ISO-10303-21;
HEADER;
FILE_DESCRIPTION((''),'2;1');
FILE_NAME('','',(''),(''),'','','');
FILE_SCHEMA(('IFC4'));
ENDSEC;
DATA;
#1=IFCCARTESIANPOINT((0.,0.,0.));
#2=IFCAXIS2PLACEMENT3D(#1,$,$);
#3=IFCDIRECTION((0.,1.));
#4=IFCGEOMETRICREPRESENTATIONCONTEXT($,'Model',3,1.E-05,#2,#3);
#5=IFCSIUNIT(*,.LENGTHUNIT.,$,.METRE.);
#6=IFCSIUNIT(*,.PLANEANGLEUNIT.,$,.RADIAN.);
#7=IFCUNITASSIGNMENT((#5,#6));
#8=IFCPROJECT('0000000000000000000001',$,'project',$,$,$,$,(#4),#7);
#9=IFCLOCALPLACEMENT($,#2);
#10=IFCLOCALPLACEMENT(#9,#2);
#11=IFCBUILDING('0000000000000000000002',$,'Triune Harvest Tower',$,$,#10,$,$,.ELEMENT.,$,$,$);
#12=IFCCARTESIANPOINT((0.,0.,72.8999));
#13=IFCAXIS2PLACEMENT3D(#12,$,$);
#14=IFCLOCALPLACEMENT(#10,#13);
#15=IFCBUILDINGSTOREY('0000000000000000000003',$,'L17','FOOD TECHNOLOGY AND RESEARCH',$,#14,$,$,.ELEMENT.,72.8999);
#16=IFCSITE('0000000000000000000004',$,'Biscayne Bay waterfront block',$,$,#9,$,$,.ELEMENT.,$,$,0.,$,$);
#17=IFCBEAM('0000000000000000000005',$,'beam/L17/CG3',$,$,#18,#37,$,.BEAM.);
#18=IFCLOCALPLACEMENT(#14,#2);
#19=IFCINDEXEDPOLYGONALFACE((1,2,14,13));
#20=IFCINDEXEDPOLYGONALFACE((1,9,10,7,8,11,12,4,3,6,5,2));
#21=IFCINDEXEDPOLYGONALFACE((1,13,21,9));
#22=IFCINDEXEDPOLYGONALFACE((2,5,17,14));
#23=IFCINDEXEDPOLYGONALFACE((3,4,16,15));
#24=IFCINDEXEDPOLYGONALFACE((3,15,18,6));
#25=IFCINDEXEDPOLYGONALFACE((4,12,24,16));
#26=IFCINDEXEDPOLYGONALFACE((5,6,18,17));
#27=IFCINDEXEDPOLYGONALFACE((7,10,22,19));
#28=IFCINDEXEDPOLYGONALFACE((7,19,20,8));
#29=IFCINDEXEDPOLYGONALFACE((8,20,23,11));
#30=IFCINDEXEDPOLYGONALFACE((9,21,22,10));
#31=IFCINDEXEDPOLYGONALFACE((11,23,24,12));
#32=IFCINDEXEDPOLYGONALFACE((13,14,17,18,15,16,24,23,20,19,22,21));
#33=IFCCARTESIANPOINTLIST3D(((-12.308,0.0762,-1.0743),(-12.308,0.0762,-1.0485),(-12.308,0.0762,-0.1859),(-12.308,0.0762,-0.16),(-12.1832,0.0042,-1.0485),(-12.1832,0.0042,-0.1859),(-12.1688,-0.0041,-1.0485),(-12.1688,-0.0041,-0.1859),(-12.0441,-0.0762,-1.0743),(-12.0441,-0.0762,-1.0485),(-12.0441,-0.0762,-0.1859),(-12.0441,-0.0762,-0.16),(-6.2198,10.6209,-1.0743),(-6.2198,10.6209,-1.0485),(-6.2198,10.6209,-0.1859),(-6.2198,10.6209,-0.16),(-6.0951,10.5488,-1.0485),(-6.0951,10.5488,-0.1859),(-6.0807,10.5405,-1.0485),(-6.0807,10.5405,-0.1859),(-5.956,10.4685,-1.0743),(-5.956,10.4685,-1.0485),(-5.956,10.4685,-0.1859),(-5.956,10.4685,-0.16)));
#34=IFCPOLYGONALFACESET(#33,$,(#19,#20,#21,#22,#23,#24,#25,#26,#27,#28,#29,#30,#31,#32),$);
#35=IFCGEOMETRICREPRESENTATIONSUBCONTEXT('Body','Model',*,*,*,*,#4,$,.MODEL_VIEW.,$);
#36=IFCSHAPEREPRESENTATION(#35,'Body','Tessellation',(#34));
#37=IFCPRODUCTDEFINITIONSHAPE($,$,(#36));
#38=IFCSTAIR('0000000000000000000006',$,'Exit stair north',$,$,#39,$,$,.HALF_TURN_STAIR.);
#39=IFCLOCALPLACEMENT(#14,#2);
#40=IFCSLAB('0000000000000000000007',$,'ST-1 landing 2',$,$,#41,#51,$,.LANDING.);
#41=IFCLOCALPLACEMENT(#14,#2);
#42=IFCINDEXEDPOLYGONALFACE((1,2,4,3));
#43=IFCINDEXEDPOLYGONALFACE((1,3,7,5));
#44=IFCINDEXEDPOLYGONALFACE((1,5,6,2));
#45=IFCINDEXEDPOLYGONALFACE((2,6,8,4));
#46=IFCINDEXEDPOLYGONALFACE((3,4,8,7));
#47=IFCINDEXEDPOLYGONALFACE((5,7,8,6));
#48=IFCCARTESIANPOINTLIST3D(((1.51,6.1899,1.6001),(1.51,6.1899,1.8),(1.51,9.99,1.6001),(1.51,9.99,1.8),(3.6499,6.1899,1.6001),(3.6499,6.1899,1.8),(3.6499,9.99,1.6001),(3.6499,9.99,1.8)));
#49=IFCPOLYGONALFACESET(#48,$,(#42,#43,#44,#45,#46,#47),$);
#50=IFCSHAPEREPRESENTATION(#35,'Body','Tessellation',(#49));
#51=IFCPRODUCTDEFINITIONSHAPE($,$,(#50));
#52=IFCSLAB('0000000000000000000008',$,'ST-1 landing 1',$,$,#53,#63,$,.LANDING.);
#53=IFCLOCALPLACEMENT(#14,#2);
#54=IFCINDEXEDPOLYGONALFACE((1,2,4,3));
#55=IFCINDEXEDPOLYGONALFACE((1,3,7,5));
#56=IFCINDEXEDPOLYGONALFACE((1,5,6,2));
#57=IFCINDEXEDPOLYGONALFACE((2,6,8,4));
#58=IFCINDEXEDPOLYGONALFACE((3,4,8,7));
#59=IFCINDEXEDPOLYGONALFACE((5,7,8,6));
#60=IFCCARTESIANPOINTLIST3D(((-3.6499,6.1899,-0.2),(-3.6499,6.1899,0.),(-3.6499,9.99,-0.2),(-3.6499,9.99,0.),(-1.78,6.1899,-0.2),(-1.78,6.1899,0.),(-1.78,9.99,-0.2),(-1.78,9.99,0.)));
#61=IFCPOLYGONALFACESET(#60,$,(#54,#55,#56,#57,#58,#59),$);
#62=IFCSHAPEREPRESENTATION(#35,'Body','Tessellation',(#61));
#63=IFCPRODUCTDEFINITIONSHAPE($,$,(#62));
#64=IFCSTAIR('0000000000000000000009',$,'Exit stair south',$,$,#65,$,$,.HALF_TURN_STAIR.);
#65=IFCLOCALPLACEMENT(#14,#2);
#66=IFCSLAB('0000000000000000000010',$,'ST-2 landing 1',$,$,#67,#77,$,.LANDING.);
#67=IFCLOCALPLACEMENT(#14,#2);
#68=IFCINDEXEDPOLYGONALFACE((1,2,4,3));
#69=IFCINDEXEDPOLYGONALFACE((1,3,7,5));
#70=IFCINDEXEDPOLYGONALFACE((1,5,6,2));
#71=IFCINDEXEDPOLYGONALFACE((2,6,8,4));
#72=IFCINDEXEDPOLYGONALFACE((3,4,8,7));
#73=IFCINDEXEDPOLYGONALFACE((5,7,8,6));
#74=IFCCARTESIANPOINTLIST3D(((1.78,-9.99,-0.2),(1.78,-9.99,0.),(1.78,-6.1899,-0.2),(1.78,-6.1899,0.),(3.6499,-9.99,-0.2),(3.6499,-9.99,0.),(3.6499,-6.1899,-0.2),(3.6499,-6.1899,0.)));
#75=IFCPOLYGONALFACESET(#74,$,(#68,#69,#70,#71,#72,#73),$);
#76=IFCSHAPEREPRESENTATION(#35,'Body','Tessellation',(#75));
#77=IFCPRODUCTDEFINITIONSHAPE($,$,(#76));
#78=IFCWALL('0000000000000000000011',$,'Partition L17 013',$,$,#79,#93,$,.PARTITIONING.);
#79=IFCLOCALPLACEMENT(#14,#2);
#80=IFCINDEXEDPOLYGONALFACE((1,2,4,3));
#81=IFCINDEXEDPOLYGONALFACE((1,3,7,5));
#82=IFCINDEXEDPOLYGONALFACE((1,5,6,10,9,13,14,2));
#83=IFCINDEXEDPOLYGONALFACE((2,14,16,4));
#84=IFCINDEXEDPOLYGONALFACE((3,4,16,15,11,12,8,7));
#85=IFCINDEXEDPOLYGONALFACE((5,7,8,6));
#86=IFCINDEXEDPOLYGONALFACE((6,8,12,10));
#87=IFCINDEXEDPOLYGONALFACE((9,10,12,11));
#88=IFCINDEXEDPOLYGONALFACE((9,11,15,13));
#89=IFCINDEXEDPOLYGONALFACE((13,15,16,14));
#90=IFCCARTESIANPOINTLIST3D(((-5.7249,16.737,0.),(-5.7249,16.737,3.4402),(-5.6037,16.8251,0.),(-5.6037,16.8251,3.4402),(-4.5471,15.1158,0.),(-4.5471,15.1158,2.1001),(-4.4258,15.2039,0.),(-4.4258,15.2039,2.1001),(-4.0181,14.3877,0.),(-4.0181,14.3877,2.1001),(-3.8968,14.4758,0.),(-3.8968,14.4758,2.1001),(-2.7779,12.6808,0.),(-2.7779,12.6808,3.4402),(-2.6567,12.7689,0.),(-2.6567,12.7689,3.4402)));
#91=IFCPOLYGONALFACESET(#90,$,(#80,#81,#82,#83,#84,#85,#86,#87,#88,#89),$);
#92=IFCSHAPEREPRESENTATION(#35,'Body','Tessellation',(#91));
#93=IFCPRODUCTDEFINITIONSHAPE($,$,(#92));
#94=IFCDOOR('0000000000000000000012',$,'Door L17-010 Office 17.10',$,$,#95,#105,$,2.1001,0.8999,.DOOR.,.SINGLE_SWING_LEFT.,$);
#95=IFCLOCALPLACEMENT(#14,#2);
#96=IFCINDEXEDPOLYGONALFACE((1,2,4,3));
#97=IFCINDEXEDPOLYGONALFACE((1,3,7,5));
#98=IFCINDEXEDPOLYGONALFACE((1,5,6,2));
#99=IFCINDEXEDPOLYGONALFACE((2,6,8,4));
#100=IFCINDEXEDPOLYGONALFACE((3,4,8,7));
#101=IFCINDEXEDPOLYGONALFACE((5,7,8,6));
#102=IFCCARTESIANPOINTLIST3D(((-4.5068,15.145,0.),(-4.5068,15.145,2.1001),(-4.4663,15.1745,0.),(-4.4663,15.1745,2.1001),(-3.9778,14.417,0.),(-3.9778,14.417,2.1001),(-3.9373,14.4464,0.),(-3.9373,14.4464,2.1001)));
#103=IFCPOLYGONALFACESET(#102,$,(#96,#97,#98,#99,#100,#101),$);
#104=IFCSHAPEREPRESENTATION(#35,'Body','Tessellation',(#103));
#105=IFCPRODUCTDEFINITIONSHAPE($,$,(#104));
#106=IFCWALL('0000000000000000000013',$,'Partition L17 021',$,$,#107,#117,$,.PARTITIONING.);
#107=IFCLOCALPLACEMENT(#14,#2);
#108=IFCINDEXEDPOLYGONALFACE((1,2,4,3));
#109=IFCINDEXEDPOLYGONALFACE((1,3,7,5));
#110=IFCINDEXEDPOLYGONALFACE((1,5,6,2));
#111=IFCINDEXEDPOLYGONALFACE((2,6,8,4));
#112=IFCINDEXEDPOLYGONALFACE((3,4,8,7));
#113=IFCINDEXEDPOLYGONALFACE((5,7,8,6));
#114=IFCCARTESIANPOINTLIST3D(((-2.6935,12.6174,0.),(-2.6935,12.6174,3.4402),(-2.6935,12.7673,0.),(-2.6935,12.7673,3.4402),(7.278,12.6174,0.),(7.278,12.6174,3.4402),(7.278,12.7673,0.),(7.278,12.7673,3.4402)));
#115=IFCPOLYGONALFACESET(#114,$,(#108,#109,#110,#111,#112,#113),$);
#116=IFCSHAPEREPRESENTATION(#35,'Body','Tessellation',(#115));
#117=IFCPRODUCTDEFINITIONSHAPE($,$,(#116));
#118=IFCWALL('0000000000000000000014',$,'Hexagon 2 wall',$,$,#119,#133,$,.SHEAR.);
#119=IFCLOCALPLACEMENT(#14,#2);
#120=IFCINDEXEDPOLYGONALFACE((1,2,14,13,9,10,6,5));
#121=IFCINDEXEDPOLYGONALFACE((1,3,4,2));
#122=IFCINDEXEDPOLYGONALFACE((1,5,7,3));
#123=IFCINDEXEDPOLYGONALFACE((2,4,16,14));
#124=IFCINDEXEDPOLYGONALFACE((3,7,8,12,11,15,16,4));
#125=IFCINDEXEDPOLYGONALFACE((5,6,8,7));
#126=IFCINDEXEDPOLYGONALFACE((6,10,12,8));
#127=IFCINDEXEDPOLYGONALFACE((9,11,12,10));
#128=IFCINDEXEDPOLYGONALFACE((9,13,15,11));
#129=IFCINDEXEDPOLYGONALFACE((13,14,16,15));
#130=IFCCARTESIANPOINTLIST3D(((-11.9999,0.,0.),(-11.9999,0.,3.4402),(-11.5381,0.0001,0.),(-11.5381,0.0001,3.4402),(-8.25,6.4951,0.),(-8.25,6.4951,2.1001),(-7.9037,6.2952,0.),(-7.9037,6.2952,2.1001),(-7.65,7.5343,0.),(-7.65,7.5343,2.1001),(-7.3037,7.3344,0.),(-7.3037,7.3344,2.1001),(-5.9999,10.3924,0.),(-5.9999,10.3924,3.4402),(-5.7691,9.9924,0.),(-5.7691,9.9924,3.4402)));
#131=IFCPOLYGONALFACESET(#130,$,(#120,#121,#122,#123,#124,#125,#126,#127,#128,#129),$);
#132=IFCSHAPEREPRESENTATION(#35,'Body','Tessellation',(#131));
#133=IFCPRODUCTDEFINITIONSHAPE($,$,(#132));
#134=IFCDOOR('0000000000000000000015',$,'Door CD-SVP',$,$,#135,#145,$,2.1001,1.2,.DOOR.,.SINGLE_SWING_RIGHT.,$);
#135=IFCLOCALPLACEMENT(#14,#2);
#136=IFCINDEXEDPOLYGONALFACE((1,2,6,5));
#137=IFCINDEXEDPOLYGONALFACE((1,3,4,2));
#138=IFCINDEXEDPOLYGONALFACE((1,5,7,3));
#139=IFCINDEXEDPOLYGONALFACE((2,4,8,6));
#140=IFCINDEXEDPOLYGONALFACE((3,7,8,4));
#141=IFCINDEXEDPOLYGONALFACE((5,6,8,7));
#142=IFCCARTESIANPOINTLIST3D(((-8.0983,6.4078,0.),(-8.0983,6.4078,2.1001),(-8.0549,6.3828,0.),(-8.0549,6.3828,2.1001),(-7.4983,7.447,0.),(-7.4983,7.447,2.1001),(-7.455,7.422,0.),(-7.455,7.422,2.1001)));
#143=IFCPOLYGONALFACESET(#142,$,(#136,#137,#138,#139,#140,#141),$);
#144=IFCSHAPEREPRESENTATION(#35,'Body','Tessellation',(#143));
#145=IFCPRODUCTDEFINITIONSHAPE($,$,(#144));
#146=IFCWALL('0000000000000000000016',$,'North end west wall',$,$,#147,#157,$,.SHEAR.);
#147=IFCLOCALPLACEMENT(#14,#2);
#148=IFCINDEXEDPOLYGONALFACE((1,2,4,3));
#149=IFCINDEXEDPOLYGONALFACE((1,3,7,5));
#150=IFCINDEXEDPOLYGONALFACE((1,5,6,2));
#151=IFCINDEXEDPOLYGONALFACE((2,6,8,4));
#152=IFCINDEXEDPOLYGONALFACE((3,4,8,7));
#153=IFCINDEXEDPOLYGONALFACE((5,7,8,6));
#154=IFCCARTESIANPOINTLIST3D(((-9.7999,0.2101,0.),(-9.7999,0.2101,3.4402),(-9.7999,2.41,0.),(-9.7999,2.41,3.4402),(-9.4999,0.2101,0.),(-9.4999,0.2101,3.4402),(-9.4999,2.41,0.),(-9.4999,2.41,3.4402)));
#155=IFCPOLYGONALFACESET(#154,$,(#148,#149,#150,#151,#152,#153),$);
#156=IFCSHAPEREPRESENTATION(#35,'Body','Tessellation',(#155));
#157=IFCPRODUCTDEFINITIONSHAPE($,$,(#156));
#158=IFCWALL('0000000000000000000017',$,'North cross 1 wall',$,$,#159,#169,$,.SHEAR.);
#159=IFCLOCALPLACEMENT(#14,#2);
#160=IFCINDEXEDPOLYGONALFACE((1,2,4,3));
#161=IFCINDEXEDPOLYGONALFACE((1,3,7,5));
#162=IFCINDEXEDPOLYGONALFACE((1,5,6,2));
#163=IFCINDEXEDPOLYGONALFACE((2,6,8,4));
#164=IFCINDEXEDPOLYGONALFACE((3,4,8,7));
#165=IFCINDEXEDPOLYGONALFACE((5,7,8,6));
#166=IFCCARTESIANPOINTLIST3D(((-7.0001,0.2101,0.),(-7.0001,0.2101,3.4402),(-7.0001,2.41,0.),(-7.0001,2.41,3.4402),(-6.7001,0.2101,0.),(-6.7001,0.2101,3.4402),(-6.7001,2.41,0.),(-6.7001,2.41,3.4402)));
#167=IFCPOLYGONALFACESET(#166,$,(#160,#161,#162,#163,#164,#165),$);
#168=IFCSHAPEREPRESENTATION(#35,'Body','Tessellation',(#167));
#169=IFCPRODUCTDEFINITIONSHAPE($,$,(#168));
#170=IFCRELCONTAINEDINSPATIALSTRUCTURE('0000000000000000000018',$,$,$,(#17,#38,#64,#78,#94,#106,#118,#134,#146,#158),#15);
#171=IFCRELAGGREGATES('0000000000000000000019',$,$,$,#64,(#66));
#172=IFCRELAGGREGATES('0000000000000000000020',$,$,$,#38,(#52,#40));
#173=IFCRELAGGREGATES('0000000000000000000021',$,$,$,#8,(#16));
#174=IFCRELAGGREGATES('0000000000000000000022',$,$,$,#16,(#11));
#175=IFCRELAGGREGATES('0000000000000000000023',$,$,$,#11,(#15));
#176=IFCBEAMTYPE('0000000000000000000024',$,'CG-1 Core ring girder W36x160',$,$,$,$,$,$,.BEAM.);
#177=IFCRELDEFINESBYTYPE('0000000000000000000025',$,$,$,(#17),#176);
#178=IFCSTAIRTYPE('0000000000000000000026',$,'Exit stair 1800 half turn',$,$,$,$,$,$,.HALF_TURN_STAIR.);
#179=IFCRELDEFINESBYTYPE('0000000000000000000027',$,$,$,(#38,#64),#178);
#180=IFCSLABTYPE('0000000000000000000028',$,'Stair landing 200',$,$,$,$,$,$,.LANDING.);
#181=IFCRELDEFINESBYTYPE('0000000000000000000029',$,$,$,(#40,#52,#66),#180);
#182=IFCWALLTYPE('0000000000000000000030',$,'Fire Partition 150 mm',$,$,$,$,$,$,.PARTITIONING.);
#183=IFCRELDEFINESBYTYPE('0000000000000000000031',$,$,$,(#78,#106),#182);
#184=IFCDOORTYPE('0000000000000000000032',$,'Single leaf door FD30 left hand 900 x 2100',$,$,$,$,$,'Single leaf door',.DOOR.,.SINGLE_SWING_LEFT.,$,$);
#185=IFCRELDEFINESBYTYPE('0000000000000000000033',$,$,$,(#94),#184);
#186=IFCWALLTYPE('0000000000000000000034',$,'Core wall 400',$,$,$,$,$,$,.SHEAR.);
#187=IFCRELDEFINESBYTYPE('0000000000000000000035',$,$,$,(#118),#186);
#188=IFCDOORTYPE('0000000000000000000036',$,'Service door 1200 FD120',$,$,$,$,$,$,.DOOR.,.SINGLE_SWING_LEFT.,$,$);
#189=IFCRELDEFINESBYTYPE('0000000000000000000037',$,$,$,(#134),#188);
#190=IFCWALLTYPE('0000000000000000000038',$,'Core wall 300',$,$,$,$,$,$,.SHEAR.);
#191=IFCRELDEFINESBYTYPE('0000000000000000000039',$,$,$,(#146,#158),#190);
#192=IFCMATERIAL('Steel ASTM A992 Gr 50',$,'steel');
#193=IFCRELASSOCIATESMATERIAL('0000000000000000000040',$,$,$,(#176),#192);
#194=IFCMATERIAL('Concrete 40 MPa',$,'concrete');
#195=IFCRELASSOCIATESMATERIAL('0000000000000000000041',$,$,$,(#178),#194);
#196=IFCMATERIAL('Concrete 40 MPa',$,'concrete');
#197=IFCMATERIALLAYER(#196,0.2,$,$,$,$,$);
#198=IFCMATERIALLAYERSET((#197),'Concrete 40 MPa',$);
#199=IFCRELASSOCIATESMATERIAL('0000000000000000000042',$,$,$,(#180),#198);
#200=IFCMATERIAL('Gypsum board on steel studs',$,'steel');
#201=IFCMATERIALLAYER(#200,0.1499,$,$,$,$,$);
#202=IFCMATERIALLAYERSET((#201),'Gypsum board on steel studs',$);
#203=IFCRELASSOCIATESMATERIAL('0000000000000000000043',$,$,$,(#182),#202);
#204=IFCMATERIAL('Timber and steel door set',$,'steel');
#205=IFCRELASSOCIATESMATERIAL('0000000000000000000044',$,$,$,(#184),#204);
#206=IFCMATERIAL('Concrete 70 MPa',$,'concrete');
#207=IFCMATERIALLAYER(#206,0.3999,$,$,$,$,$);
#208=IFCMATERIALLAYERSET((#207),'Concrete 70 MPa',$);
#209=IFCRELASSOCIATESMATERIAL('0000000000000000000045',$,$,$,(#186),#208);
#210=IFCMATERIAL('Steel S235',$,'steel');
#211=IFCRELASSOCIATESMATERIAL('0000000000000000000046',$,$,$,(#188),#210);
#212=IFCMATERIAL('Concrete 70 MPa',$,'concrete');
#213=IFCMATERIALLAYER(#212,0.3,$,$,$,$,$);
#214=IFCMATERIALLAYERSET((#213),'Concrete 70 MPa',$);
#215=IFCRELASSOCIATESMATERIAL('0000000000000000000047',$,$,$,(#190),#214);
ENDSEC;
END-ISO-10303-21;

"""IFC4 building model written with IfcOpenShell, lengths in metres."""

from ifc_helpers import new_model, si_unit, direction, frame, frame_2d, origin, origin_2d, place, context, subcontext, project, spatial, polyline, rectangle, i_section, outline, extrude, source, transform, mapped, material, layer, layer_set, material_profile, profile_set, type_object, element, fill, aggregate, save


model = new_model("IFC4")

# Units and contexts
model_context = context("Model", 3, precision=1e-05, world=origin(), true_north=direction((0.0, 1.0)))
body_context = subcontext(model_context, "Body", "Model", "MODEL_VIEW")
ifc_project = project(units=[si_unit("LENGTHUNIT", "METRE"), si_unit("PLANEANGLEUNIT", "RADIAN")], contexts=[model_context])

# Site, building, storey
site_placement = place(None, origin())
site = spatial("IfcSite", under=ifc_project, at=site_placement, Name="Biscayne Bay waterfront block", CompositionType="ELEMENT", RefElevation=0.0)
building_placement = place(site_placement, origin())
building = spatial("IfcBuilding", under=site, at=building_placement, Name="Triune Harvest Tower", CompositionType="ELEMENT")
storey_placement = place(building_placement, frame((0.0, 0.0, 72.8999)))
storey = spatial("IfcBuildingStorey", under=building, at=storey_placement, Name="L17", Description="FOOD TECHNOLOGY AND RESEARCH", CompositionType="ELEMENT", Elevation=72.8999)

# Beam
ifc_material_1 = material(Name="Steel ASTM A992 Gr 50", Category="steel")
ifc_material_profile = material_profile(ifc_material_1, i_section(OverallWidth=0.3047, OverallDepth=0.9143, WebThickness=0.0166, FlangeThickness=0.0259, at=origin_2d()), Name="W36x160")
ifc_profile_set = profile_set([ifc_material_profile], Name="Steel ASTM A992 Gr 50")
beam_type = type_object("IfcBeamType", Name="CG-1 Core ring girder W36x160", PredefinedType="BEAM", material=ifc_profile_set)
shared_shape_1 = source(origin(), body_context, "Body", "SweptSolid", [
    extrude(i_section(OverallWidth=0.3047, OverallDepth=0.9143, WebThickness=0.0166, FlangeThickness=0.0259, at=origin_2d()), origin(), (0.0, 0.0, 1.0), 12.176),
])
beam_placement = place(storey_placement, frame((-6.0879, 10.5447, -0.6172), z_axis=(-0.50001, -0.86602, 0.0), x_axis=(0.86602, -0.50001, 0.0)))
element("IfcBeam", 1, at=beam_placement, inside=storey, type_object=beam_type, Name="beam/L17/CG3", PredefinedType="BEAM", context=body_context, shape_type="MappedRepresentation", body=[
    mapped(shared_shape_1, transform((0.0, 0.0, 0.0), scale=1.0)),
])

# Stair, slabs
ifc_material_2 = material(Name="Concrete 40 MPa", Category="concrete")
stair_type = type_object("IfcStairType", Name="Exit stair 1800 half turn", PredefinedType="HALF_TURN_STAIR", material=ifc_material_2)
stair_1_placement = place(storey_placement, origin())
stair_1 = element("IfcStair", 2, at=stair_1_placement, inside=storey, type_object=stair_type, Name="Exit stair north", PredefinedType="HALF_TURN_STAIR")
ifc_material_3 = material(Name="Concrete 40 MPa", Category="concrete")
ifc_layer_1 = layer(ifc_material_3, 0.2)
ifc_layer_set_1 = layer_set([ifc_layer_1], Name="Concrete 40 MPa")
slab_type = type_object("IfcSlabType", Name="Stair landing 200", PredefinedType="LANDING", material=ifc_layer_set_1)
shared_shape_2 = source(origin(), body_context, "Body", "SweptSolid", [
    extrude(outline(polyline([(1.51, 6.1899), (3.6499, 6.1899), (3.6499, 9.99), (1.51, 9.99), (1.51, 6.1899)])), origin(), (0.0, 0.0, 1.0), 0.2),
])
slab_1_placement = place(storey_placement, frame((0.0, 0.0, 1.6001)))
slab_1 = element("IfcSlab", 3, at=slab_1_placement, type_object=slab_type, Name="ST-1 landing 2", PredefinedType="LANDING", context=body_context, shape_type="MappedRepresentation", body=[
    mapped(shared_shape_2, transform((0.0, 0.0, 0.0), scale=1.0)),
])
shared_shape_3 = source(origin(), body_context, "Body", "SweptSolid", [
    extrude(outline(polyline([(-3.6499, 6.1899), (-1.78, 6.1899), (-1.78, 9.99), (-3.6499, 9.99), (-3.6499, 6.1899)])), origin(), (0.0, 0.0, 1.0), 0.2),
])
slab_2_placement = place(storey_placement, frame((0.0, 0.0, -0.2)))
slab_2 = element("IfcSlab", 4, at=slab_2_placement, type_object=slab_type, Name="ST-1 landing 1", PredefinedType="LANDING", context=body_context, shape_type="MappedRepresentation", body=[
    mapped(shared_shape_3, transform((0.0, 0.0, 0.0), scale=1.0)),
])

# Stair, slab
stair_2_placement = place(storey_placement, origin())
stair_2 = element("IfcStair", 5, at=stair_2_placement, inside=storey, type_object=stair_type, Name="Exit stair south", PredefinedType="HALF_TURN_STAIR")
shared_shape_4 = source(origin(), body_context, "Body", "SweptSolid", [
    extrude(outline(polyline([(3.6499, -6.1899), (1.78, -6.1899), (1.78, -9.99), (3.6499, -9.99), (3.6499, -6.1899)])), origin(), (0.0, 0.0, 1.0), 0.2),
])
slab_3_placement = place(storey_placement, frame((0.0, 0.0, -0.2)))
slab_3 = element("IfcSlab", 6, at=slab_3_placement, type_object=slab_type, Name="ST-2 landing 1", PredefinedType="LANDING", context=body_context, shape_type="MappedRepresentation", body=[
    mapped(shared_shape_4, transform((0.0, 0.0, 0.0), scale=1.0)),
])
aggregate(stair_2, [slab_3])

# Wall, opening, door
ifc_material_4 = material(Name="Gypsum board on steel studs", Category="steel")
ifc_layer_2 = layer(ifc_material_4, 0.1499)
ifc_layer_set_2 = layer_set([ifc_layer_2], Name="Gypsum board on steel studs")
wall_type_1 = type_object("IfcWallType", Name="Fire Partition 150 mm", PredefinedType="PARTITIONING", material=ifc_layer_set_2)
wall_1_placement = place(storey_placement, frame((-5.6643, 16.781, 0.0), z_axis=(0.0, 0.0, 1.0), x_axis=(0.587792, -0.809012, 0.0)))
wall_1 = element("IfcWall", 7, at=wall_1_placement, inside=storey, type_object=wall_type_1, Name="Partition L17 013", PredefinedType="PARTITIONING", context=body_context, shape_type="SweptSolid", body=[
    extrude(rectangle(XDim=5.0137, YDim=0.1499, at=frame_2d((2.5068, 0.0))), origin(), (0.0, 0.0, 1.0), 3.4402),
])
opening_1_placement = place(wall_1_placement, frame((2.0039, 0.0, 0.0)))
opening_1 = element("IfcOpeningElement", 8, at=opening_1_placement, cuts=wall_1, PredefinedType="OPENING", context=body_context, shape_type="SweptSolid", body=[
    extrude(rectangle(XDim=0.8999, YDim=2.1001, at=frame_2d((0.45, 1.05))), frame((0.0, 0.085, 0.0), z_axis=(0.0, -1.0, 0.0), x_axis=(1.0, 0.0, 0.0)), (0.0, 0.0, 1.0), 0.1699),
])
ifc_material_5 = material(Name="Timber and steel door set", Category="steel")
door_type_1 = type_object("IfcDoorType", Name="Single leaf door FD30 left hand 900 x 2100", ElementType="Single leaf door", OperationType="SINGLE_SWING_LEFT", PredefinedType="DOOR", material=ifc_material_5)
door_1_placement = place(opening_1_placement, origin())
door_1 = element("IfcDoor", 9, at=door_1_placement, inside=storey, type_object=door_type_1, Name="Door L17-010 Office 17.10", OperationType="SINGLE_SWING_LEFT", OverallHeight=2.1001, OverallWidth=0.8999, PredefinedType="DOOR", context=body_context, shape_type="SweptSolid", body=[
    extrude(rectangle(XDim=0.8999, YDim=2.1001, at=frame_2d((0.45, 1.05))), frame((0.0, 0.0249, 0.0), z_axis=(0.0, -1.0, 0.0), x_axis=(1.0, 0.0, 0.0)), (0.0, 0.0, 1.0), 0.05),
])
fill(opening_1, door_1)

# Wall
wall_2_placement = place(storey_placement, frame((-2.6936, 12.6924, 0.0), z_axis=(0.0, 0.0, 1.0), x_axis=(1.0, 0.0, 0.0)))
element("IfcWall", 10, at=wall_2_placement, inside=storey, type_object=wall_type_1, Name="Partition L17 021", PredefinedType="PARTITIONING", context=body_context, shape_type="SweptSolid", body=[
    extrude(rectangle(XDim=9.9714, YDim=0.1499, at=frame_2d((4.9858, 0.0))), origin(), (0.0, 0.0, 1.0), 3.4402),
])

# Wall, opening, door
ifc_material_6 = material(Name="Concrete 70 MPa", Category="concrete")
ifc_layer_3 = layer(ifc_material_6, 0.3999)
ifc_layer_set_3 = layer_set([ifc_layer_3], Name="Concrete 70 MPa")
wall_type_2 = type_object("IfcWallType", Name="Core wall 400", PredefinedType="SHEAR", material=ifc_layer_set_3)
shared_shape_5 = source(origin(), body_context, "Body", "SweptSolid", [
    extrude(outline(polyline([(-0.1155, -0.2), (11.8845, -0.2), (11.6536, 0.2), (0.1155, 0.2), (-0.1155, -0.2)])), origin(), (0.0, 0.0, 1.0), 3.4402),
])
wall_3_placement = place(storey_placement, frame((-5.8845, 10.1924, 0.0), z_axis=(0.0, 0.0, 1.0), x_axis=(-0.499997, -0.866027, 0.0)))
wall_3 = element("IfcWall", 11, at=wall_3_placement, inside=storey, type_object=wall_type_2, Name="Hexagon 2 wall", PredefinedType="SHEAR", context=body_context, shape_type="MappedRepresentation", body=[
    mapped(shared_shape_5, transform((0.0, 0.0, 0.0), scale=1.0)),
])
opening_2_placement = place(wall_3_placement, frame((3.1846, 0.0, 0.0)))
opening_2 = element("IfcOpeningElement", 12, at=opening_2_placement, cuts=wall_3, PredefinedType="OPENING", context=body_context, shape_type="SweptSolid", body=[
    extrude(rectangle(XDim=1.2, YDim=2.1001, at=frame_2d((0.6001, 1.05))), frame((0.0, 0.21, 0.0), z_axis=(0.0, -1.0, 0.0), x_axis=(1.0, 0.0, 0.0)), (0.0, 0.0, 1.0), 0.4199),
])
ifc_material_7 = material(Name="Steel S235", Category="steel")
door_type_2 = type_object("IfcDoorType", Name="Service door 1200 FD120", OperationType="SINGLE_SWING_LEFT", PredefinedType="DOOR", material=ifc_material_7)
door_2_placement = place(opening_2_placement, frame((1.2, 0.0, 0.0), z_axis=(0.0, 0.0, 1.0), x_axis=(-1.0, 0.0, 0.0)))
door_2 = element("IfcDoor", 13, at=door_2_placement, inside=storey, type_object=door_type_2, Name="Door CD-SVP", OperationType="SINGLE_SWING_RIGHT", OverallHeight=2.1001, OverallWidth=1.2, PredefinedType="DOOR", context=body_context, shape_type="SweptSolid", body=[
    extrude(rectangle(XDim=1.2, YDim=2.1001, at=frame_2d((0.6001, 1.05))), frame((0.0, 0.0249, 0.0), z_axis=(0.0, -1.0, 0.0), x_axis=(1.0, 0.0, 0.0)), (0.0, 0.0, 1.0), 0.05),
])
fill(opening_2, door_2)

# Walls
ifc_material_8 = material(Name="Concrete 70 MPa", Category="concrete")
ifc_layer_4 = layer(ifc_material_8, 0.3)
ifc_layer_set_4 = layer_set([ifc_layer_4], Name="Concrete 70 MPa")
wall_type_3 = type_object("IfcWallType", Name="Core wall 300", PredefinedType="SHEAR", material=ifc_layer_set_4)
shared_shape_6 = source(origin(), body_context, "Body", "SweptSolid", [
    extrude(rectangle(XDim=2.2, YDim=0.3, at=frame_2d((1.1001, 0.0))), origin(), (0.0, 0.0, 1.0), 3.4402),
])
for number, where, z_axis, x_axis, name in (
    (14, (-9.6499, 0.21, 0.0), (0.0, 0.0, 1.0), (0.0, 1.0, 0.0), "North end west wall"),
    (15, (-6.8501, 0.21, 0.0), (0.0, 0.0, 1.0), (0.0, 1.0, 0.0), "North cross 1 wall"),
):
    element("IfcWall", number, at=place(storey_placement, frame(where, z_axis=z_axis, x_axis=x_axis)), inside=storey, type_object=wall_type_3, Name=name, PredefinedType="SHEAR", context=body_context, shape_type="MappedRepresentation", body=[
        mapped(shared_shape_6, transform((0.0, 0.0, 0.0), scale=1.0)),
    ])

aggregate(stair_1, [slab_2, slab_1])

save(model, "model.ifc")
